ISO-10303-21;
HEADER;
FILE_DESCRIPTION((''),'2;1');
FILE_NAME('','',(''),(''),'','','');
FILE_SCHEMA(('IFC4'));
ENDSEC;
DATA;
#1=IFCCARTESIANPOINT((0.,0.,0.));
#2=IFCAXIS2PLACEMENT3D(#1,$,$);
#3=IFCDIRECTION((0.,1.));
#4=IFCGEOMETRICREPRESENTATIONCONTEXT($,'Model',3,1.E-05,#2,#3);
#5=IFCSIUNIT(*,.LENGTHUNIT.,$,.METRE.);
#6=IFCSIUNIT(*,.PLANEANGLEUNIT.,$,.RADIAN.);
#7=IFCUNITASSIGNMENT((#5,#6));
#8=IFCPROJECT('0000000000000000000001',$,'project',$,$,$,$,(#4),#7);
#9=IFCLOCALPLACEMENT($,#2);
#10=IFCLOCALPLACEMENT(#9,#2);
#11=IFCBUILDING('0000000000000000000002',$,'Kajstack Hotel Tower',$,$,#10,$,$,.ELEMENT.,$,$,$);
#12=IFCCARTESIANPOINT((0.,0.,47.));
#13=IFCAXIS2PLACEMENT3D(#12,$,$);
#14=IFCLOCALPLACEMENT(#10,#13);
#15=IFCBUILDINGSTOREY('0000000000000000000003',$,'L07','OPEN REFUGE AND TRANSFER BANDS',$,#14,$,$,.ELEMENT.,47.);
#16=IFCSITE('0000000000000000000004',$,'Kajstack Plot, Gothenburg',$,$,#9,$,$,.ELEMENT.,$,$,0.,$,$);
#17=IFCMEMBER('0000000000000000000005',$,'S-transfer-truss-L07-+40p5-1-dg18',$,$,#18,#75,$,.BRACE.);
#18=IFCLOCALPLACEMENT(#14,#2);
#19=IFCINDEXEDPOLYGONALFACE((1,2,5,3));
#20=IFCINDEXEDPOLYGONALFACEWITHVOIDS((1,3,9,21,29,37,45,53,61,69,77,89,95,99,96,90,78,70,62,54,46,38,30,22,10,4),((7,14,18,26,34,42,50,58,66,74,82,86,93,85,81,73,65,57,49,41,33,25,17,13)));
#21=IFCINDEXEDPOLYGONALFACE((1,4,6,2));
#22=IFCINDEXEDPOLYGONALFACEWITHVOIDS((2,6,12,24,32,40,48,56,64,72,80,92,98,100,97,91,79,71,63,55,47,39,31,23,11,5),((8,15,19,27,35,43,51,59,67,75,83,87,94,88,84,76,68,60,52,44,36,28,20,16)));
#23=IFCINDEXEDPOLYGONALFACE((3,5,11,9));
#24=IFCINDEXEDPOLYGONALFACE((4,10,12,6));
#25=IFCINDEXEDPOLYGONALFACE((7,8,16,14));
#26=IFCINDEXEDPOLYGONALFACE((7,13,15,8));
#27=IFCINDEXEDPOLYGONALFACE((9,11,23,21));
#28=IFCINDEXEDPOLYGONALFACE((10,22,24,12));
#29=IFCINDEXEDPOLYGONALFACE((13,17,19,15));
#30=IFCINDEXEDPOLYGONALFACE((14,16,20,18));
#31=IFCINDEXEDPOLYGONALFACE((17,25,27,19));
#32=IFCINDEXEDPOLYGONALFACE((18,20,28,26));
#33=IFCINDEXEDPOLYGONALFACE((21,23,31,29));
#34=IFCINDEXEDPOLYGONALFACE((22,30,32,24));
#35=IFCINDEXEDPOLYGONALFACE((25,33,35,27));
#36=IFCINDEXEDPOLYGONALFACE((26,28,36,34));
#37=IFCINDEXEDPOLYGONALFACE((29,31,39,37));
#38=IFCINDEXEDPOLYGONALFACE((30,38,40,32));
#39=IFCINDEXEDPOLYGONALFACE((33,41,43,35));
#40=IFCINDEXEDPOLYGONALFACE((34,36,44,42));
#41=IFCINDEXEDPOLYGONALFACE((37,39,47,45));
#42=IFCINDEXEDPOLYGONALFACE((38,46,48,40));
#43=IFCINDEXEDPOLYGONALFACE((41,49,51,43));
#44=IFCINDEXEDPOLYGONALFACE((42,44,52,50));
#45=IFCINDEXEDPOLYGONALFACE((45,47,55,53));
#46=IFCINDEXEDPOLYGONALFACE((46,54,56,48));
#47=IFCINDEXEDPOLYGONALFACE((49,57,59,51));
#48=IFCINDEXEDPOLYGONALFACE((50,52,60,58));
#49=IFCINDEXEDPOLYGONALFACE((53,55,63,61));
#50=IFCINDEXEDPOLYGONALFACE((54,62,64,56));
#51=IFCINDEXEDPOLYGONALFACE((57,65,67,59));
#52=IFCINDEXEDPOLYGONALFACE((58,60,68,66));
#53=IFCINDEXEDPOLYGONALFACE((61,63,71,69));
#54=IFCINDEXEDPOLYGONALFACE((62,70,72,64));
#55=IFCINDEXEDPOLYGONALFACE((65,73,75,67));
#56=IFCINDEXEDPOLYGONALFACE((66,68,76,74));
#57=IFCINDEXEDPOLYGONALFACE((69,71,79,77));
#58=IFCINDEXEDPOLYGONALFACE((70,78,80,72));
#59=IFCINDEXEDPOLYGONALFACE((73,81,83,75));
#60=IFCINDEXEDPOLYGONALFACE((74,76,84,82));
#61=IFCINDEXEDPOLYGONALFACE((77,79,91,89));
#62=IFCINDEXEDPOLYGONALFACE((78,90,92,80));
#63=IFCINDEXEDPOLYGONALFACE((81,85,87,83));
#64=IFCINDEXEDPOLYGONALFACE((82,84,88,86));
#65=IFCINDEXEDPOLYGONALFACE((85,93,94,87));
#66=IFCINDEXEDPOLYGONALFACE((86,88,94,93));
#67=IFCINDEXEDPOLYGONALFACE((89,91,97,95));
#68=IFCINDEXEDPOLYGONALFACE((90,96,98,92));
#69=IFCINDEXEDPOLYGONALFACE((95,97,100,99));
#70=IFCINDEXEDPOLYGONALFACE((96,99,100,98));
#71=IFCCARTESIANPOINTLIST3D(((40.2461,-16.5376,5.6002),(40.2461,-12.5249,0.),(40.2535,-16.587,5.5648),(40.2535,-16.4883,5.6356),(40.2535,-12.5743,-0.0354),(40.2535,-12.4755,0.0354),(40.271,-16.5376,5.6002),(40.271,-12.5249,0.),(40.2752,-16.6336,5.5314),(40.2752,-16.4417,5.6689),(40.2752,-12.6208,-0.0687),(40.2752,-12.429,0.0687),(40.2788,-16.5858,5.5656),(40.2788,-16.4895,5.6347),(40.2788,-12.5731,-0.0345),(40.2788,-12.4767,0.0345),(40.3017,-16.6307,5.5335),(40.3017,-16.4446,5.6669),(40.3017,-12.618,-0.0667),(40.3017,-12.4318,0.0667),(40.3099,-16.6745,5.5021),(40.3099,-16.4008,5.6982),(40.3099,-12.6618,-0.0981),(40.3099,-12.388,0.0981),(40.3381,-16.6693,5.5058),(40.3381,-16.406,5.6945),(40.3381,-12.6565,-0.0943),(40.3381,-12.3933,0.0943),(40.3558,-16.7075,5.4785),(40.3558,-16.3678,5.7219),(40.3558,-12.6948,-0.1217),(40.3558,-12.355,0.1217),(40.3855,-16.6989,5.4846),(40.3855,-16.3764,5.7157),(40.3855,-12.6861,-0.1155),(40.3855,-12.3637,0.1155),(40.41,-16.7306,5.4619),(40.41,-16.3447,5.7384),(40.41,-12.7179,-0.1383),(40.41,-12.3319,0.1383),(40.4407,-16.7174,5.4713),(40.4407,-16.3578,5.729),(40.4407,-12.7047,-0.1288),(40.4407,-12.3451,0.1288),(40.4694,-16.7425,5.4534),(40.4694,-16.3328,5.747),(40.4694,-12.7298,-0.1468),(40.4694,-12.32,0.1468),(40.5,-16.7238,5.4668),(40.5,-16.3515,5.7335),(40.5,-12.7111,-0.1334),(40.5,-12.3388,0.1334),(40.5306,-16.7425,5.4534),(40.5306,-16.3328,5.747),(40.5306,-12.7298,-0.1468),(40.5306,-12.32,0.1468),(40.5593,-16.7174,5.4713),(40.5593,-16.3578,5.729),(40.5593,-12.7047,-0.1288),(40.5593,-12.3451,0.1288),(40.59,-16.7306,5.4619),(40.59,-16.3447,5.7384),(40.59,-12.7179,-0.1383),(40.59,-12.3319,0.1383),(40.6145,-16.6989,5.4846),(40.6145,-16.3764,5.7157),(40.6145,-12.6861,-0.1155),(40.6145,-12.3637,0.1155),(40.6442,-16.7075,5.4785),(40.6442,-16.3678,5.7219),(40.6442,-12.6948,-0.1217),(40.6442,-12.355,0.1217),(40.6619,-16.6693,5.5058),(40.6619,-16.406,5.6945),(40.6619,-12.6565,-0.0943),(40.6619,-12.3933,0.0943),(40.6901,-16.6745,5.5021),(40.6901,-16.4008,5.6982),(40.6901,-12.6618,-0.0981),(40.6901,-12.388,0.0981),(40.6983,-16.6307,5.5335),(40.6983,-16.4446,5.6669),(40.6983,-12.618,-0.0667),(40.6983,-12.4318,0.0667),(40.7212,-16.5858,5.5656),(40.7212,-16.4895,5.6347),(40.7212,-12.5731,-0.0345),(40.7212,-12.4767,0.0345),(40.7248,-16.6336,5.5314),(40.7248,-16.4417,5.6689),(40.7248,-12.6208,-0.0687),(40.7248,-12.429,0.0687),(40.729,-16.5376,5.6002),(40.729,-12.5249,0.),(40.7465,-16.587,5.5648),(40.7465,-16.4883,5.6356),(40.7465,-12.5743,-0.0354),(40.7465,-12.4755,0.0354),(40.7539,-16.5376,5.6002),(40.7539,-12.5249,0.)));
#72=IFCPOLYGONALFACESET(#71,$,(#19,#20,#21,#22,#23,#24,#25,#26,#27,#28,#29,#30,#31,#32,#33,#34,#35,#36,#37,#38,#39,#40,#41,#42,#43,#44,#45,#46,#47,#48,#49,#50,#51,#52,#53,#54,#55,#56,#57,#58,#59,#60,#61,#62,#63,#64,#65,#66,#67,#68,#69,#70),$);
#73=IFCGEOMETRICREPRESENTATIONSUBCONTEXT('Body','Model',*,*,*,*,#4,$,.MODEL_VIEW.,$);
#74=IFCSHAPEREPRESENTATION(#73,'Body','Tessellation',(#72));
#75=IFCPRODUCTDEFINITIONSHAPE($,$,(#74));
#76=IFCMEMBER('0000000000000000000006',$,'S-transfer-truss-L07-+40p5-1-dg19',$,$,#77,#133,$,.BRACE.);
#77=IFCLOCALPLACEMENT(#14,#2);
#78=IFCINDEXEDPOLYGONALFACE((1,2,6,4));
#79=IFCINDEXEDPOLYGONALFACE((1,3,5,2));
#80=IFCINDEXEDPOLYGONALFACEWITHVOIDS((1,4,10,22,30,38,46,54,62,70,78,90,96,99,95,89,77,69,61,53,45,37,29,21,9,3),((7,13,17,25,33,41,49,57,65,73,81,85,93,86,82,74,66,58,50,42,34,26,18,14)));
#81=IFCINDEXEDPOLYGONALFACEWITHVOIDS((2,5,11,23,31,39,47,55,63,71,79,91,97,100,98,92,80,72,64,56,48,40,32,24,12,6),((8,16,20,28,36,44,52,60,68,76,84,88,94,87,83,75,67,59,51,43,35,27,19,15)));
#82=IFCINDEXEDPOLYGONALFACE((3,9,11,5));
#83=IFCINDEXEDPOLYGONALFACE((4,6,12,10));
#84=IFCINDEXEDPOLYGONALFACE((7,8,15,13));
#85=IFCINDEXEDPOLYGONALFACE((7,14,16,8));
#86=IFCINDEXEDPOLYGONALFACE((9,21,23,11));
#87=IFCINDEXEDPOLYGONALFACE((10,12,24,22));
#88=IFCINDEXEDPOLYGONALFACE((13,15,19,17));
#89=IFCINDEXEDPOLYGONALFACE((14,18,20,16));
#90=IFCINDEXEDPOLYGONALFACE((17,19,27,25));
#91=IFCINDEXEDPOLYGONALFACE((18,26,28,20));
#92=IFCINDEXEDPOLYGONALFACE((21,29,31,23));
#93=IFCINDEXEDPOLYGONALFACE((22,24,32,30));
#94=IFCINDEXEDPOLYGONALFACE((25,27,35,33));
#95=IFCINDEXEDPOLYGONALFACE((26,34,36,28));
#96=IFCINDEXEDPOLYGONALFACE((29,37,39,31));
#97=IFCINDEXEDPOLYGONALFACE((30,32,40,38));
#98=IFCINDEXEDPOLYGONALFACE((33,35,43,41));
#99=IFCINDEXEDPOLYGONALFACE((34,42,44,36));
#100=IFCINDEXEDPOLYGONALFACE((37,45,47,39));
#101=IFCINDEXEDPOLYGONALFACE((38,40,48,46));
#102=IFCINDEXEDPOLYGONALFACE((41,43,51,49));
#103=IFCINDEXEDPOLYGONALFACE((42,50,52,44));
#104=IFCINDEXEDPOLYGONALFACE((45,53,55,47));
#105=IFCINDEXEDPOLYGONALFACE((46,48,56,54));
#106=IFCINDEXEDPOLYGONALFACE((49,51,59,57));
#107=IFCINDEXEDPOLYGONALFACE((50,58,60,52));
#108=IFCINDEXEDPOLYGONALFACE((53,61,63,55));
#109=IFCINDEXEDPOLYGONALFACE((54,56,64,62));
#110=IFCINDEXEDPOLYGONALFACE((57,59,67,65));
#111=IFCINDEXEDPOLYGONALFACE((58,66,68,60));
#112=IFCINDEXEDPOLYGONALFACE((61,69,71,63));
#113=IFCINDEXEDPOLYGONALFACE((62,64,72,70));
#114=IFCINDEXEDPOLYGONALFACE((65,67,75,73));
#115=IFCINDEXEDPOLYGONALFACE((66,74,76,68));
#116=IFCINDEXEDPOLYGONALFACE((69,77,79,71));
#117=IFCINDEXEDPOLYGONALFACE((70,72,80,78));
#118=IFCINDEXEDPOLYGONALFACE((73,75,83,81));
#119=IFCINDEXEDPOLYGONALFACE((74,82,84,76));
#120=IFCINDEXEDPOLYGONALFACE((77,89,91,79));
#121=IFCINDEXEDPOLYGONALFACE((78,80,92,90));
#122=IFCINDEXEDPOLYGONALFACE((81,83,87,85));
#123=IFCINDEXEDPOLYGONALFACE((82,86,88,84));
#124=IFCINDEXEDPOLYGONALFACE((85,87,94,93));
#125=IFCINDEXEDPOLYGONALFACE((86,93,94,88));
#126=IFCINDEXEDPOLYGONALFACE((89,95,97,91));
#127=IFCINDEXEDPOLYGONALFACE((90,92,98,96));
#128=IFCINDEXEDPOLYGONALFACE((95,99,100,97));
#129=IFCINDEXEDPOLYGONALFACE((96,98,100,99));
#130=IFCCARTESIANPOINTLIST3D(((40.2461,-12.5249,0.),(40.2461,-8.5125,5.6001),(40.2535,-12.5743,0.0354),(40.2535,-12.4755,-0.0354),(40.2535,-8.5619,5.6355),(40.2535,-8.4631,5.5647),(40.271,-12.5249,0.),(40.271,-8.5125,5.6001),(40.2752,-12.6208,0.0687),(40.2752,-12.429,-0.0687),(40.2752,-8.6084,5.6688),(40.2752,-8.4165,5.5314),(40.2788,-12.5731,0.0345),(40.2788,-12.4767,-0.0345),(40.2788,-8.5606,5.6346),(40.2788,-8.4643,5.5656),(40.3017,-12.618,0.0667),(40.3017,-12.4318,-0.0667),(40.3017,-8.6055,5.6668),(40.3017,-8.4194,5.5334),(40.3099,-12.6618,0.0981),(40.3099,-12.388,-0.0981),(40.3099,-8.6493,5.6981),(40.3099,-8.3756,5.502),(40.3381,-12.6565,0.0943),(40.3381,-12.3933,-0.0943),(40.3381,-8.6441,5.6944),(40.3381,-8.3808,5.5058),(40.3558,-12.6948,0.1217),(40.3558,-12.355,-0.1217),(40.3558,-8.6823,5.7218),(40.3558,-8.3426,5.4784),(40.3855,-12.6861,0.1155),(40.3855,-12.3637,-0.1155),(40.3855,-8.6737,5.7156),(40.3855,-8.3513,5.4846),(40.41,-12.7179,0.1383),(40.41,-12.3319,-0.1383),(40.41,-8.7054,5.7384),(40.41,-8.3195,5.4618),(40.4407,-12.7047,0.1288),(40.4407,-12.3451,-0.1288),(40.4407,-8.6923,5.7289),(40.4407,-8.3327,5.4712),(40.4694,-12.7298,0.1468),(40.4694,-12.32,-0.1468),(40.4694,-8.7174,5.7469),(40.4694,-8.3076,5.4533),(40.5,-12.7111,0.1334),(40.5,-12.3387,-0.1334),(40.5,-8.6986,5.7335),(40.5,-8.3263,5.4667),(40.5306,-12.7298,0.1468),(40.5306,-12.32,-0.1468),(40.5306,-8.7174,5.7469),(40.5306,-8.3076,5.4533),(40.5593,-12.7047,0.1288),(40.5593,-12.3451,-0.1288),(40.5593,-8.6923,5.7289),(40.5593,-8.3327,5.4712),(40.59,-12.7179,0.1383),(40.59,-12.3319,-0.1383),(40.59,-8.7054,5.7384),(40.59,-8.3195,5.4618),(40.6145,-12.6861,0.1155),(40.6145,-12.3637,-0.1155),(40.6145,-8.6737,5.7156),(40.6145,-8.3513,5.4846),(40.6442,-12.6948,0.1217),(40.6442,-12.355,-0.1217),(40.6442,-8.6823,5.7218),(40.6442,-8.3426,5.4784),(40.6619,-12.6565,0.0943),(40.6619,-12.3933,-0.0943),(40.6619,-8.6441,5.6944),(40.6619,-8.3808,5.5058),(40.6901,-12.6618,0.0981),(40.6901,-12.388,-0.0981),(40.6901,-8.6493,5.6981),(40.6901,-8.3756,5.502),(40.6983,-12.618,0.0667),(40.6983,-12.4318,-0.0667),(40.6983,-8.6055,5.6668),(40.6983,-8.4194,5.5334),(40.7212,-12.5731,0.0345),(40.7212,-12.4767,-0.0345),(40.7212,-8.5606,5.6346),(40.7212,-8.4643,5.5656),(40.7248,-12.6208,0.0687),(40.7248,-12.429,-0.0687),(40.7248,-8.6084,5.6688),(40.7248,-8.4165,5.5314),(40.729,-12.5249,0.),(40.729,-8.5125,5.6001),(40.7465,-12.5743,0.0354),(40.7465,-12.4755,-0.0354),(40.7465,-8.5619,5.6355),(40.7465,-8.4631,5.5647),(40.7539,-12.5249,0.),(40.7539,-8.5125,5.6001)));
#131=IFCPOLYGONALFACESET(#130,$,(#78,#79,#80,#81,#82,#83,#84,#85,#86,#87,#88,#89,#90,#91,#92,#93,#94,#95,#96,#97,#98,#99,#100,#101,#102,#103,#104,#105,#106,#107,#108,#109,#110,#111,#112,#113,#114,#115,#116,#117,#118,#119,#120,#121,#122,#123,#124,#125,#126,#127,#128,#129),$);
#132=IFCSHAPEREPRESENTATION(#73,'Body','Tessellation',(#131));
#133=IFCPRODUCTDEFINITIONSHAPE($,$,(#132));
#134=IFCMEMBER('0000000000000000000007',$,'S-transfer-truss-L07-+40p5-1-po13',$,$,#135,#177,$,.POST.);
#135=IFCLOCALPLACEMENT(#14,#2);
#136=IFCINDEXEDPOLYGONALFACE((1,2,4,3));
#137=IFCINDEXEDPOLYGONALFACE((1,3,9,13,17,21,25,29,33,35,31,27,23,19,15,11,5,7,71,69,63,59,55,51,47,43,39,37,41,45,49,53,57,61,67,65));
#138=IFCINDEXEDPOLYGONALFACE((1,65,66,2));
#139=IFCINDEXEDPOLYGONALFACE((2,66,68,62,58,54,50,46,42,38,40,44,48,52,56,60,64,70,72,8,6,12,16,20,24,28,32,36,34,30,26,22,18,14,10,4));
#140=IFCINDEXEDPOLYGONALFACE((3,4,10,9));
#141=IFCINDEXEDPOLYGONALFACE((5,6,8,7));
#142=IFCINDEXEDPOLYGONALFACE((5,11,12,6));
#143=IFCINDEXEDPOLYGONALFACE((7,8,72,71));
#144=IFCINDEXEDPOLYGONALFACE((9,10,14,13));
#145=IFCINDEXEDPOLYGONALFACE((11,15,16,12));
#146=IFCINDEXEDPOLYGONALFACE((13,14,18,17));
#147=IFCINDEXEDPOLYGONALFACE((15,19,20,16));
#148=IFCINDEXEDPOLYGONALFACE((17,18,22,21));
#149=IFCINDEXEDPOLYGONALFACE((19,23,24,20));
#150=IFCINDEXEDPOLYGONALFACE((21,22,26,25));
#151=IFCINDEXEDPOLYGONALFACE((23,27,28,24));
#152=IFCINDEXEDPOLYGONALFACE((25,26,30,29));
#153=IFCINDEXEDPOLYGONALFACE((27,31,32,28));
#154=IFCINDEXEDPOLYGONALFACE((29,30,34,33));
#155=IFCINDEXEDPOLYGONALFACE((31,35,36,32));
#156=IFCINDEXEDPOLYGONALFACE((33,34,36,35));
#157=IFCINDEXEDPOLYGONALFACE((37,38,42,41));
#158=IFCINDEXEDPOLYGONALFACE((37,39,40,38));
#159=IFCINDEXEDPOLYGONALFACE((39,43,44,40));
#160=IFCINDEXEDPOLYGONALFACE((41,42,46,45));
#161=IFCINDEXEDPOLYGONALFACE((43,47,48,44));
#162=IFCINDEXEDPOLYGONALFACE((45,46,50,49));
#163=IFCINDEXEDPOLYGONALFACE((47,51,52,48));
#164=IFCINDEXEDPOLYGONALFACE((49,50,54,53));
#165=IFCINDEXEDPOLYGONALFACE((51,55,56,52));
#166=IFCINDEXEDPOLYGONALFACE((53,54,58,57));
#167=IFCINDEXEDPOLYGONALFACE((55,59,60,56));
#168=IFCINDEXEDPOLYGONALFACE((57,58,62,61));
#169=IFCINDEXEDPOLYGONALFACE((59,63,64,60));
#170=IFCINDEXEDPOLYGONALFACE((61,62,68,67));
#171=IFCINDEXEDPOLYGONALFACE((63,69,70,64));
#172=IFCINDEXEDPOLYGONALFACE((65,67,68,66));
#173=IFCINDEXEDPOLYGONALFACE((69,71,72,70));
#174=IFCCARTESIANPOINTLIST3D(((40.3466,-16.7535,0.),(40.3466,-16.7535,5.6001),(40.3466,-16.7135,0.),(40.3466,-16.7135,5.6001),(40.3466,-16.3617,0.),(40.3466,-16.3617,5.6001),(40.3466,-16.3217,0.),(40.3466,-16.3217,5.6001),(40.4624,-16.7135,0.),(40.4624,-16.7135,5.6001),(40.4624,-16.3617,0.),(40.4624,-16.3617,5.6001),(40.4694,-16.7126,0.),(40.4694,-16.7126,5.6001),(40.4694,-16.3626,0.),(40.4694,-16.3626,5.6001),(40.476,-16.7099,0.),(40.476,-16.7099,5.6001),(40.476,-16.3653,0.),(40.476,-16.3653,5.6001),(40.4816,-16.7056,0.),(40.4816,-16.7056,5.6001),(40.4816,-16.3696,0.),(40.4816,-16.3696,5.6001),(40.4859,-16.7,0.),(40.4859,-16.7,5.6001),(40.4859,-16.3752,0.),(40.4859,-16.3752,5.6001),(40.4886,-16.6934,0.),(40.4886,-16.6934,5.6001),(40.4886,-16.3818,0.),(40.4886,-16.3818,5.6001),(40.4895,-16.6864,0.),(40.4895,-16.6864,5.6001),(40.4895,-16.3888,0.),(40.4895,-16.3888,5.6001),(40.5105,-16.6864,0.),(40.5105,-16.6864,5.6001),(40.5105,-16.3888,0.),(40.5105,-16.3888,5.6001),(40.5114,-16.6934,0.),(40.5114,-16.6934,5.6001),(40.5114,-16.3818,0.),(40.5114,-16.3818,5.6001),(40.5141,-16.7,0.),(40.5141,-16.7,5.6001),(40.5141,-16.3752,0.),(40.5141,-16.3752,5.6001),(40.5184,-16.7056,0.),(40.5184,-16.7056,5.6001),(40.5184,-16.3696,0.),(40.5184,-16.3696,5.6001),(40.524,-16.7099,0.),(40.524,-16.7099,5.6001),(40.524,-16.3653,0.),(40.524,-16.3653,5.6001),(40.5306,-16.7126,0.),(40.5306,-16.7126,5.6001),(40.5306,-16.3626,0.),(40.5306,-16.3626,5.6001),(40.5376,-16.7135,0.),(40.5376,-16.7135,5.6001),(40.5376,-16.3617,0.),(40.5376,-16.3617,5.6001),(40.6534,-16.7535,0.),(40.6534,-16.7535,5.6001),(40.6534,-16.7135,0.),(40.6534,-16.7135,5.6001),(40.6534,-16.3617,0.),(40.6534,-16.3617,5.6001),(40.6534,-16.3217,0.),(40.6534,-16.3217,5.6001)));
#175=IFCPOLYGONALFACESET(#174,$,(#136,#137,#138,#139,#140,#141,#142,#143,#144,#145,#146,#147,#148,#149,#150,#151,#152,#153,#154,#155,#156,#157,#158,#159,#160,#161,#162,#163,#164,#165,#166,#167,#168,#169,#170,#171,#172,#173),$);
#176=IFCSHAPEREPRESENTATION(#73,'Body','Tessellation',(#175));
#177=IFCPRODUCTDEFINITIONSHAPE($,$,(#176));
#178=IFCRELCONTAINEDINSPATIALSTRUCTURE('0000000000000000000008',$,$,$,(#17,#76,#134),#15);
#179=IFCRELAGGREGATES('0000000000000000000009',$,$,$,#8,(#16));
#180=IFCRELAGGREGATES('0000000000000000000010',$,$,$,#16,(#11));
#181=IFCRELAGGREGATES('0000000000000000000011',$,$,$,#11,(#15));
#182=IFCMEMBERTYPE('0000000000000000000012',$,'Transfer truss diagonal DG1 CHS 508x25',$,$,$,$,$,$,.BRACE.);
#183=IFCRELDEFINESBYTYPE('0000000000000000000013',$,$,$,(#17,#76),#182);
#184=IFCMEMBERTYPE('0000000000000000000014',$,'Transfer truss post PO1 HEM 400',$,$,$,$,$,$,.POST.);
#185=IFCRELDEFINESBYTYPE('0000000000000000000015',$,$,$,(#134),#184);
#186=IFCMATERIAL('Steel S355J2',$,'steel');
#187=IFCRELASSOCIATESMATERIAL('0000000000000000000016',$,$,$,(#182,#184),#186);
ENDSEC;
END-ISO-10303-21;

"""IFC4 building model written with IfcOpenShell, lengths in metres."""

from ifc_helpers import new_model, si_unit, direction, frame, origin, origin_2d, place, context, subcontext, project, spatial, hollow_circle, i_section, extrude, material, material_profile, profile_set, type_object, element, save


model = new_model("IFC4")

# Units and contexts
model_context = context("Model", 3, precision=1e-05, world=origin(), true_north=direction((0.0, 1.0)))
body_context = subcontext(model_context, "Body", "Model", "MODEL_VIEW")
ifc_project = project(units=[si_unit("LENGTHUNIT", "METRE"), si_unit("PLANEANGLEUNIT", "RADIAN")], contexts=[model_context])

# Site, building, storey
site_placement = place(None, origin())
site = spatial("IfcSite", under=ifc_project, at=site_placement, Name="Kajstack Plot, Gothenburg", CompositionType="ELEMENT", RefElevation=0.0)
building_placement = place(site_placement, origin())
building = spatial("IfcBuilding", under=site, at=building_placement, Name="Kajstack Hotel Tower", CompositionType="ELEMENT")
storey_placement = place(building_placement, frame((0.0, 0.0, 47.0)))
storey = spatial("IfcBuildingStorey", under=building, at=storey_placement, Name="L07", Description="OPEN REFUGE AND TRANSFER BANDS", CompositionType="ELEMENT", Elevation=47.0)

# Members
ifc_material_1 = material(Name="Steel S355J2", Category="steel")
ifc_material_profile_1 = material_profile(ifc_material_1, hollow_circle(Radius=0.2539, WallThickness=0.0249, at=origin_2d()), Name="CHS 508x25")
ifc_profile_set_1 = profile_set([ifc_material_profile_1], Name="Steel S355J2")
member_type_1 = type_object("IfcMemberType", Name="Transfer truss diagonal DG1 CHS 508x25", PredefinedType="BRACE", material=ifc_profile_set_1)
member_1_placement = place(storey_placement, frame((40.5, -12.5249, 0.0), z_axis=(0.0, -0.582451, 0.812866), x_axis=(1.0, 0.0, 0.0)))
element("IfcMember", 1, at=member_1_placement, inside=storey, type_object=member_type_1, Name="S-transfer-truss-L07-+40p5-1-dg18", PredefinedType="BRACE", context=body_context, shape_type="SweptSolid", body=[
    extrude(hollow_circle(Radius=0.2539, WallThickness=0.0249, at=origin_2d()), origin(), (0.0, 0.0, 1.0), 6.8894),
])
member_2_placement = place(storey_placement, frame((40.5, -12.5249, 0.0), z_axis=(0.0, 0.582428, 0.812883), x_axis=(-1.0, 0.0, 0.0)))
element("IfcMember", 2, at=member_2_placement, inside=storey, type_object=member_type_1, Name="S-transfer-truss-L07-+40p5-1-dg19", PredefinedType="BRACE", context=body_context, shape_type="SweptSolid", body=[
    extrude(hollow_circle(Radius=0.2539, WallThickness=0.0249, at=origin_2d()), origin(), (0.0, 0.0, 1.0), 6.8892),
])
ifc_material_profile_2 = material_profile(ifc_material_1, i_section(OverallWidth=0.3069, OverallDepth=0.4319, WebThickness=0.021, FlangeThickness=0.04, FilletRadius=0.0271, at=origin_2d()), Name="HEM 400")
ifc_profile_set_2 = profile_set([ifc_material_profile_2], Name="Steel S355J2")
member_type_2 = type_object("IfcMemberType", Name="Transfer truss post PO1 HEM 400", PredefinedType="POST", material=ifc_profile_set_2)
for number, where, z_axis, x_axis, name in (
    (3, (40.5, -16.5376, 0.0), (0.0, 0.0, 1.0), (1.0, 0.0, 0.0), "S-transfer-truss-L07-+40p5-1-po13"),
):
    element("IfcMember", number, at=place(storey_placement, frame(where, z_axis=z_axis, x_axis=x_axis)), inside=storey, type_object=member_type_2, Name=name, PredefinedType="POST", context=body_context, shape_type="SweptSolid", body=[
        extrude(i_section(OverallWidth=0.3069, OverallDepth=0.4319, WebThickness=0.021, FlangeThickness=0.04, FilletRadius=0.0271, at=origin_2d()), origin(), (0.0, 0.0, 1.0), 5.6001),
    ])

save(model, "model.ifc")
